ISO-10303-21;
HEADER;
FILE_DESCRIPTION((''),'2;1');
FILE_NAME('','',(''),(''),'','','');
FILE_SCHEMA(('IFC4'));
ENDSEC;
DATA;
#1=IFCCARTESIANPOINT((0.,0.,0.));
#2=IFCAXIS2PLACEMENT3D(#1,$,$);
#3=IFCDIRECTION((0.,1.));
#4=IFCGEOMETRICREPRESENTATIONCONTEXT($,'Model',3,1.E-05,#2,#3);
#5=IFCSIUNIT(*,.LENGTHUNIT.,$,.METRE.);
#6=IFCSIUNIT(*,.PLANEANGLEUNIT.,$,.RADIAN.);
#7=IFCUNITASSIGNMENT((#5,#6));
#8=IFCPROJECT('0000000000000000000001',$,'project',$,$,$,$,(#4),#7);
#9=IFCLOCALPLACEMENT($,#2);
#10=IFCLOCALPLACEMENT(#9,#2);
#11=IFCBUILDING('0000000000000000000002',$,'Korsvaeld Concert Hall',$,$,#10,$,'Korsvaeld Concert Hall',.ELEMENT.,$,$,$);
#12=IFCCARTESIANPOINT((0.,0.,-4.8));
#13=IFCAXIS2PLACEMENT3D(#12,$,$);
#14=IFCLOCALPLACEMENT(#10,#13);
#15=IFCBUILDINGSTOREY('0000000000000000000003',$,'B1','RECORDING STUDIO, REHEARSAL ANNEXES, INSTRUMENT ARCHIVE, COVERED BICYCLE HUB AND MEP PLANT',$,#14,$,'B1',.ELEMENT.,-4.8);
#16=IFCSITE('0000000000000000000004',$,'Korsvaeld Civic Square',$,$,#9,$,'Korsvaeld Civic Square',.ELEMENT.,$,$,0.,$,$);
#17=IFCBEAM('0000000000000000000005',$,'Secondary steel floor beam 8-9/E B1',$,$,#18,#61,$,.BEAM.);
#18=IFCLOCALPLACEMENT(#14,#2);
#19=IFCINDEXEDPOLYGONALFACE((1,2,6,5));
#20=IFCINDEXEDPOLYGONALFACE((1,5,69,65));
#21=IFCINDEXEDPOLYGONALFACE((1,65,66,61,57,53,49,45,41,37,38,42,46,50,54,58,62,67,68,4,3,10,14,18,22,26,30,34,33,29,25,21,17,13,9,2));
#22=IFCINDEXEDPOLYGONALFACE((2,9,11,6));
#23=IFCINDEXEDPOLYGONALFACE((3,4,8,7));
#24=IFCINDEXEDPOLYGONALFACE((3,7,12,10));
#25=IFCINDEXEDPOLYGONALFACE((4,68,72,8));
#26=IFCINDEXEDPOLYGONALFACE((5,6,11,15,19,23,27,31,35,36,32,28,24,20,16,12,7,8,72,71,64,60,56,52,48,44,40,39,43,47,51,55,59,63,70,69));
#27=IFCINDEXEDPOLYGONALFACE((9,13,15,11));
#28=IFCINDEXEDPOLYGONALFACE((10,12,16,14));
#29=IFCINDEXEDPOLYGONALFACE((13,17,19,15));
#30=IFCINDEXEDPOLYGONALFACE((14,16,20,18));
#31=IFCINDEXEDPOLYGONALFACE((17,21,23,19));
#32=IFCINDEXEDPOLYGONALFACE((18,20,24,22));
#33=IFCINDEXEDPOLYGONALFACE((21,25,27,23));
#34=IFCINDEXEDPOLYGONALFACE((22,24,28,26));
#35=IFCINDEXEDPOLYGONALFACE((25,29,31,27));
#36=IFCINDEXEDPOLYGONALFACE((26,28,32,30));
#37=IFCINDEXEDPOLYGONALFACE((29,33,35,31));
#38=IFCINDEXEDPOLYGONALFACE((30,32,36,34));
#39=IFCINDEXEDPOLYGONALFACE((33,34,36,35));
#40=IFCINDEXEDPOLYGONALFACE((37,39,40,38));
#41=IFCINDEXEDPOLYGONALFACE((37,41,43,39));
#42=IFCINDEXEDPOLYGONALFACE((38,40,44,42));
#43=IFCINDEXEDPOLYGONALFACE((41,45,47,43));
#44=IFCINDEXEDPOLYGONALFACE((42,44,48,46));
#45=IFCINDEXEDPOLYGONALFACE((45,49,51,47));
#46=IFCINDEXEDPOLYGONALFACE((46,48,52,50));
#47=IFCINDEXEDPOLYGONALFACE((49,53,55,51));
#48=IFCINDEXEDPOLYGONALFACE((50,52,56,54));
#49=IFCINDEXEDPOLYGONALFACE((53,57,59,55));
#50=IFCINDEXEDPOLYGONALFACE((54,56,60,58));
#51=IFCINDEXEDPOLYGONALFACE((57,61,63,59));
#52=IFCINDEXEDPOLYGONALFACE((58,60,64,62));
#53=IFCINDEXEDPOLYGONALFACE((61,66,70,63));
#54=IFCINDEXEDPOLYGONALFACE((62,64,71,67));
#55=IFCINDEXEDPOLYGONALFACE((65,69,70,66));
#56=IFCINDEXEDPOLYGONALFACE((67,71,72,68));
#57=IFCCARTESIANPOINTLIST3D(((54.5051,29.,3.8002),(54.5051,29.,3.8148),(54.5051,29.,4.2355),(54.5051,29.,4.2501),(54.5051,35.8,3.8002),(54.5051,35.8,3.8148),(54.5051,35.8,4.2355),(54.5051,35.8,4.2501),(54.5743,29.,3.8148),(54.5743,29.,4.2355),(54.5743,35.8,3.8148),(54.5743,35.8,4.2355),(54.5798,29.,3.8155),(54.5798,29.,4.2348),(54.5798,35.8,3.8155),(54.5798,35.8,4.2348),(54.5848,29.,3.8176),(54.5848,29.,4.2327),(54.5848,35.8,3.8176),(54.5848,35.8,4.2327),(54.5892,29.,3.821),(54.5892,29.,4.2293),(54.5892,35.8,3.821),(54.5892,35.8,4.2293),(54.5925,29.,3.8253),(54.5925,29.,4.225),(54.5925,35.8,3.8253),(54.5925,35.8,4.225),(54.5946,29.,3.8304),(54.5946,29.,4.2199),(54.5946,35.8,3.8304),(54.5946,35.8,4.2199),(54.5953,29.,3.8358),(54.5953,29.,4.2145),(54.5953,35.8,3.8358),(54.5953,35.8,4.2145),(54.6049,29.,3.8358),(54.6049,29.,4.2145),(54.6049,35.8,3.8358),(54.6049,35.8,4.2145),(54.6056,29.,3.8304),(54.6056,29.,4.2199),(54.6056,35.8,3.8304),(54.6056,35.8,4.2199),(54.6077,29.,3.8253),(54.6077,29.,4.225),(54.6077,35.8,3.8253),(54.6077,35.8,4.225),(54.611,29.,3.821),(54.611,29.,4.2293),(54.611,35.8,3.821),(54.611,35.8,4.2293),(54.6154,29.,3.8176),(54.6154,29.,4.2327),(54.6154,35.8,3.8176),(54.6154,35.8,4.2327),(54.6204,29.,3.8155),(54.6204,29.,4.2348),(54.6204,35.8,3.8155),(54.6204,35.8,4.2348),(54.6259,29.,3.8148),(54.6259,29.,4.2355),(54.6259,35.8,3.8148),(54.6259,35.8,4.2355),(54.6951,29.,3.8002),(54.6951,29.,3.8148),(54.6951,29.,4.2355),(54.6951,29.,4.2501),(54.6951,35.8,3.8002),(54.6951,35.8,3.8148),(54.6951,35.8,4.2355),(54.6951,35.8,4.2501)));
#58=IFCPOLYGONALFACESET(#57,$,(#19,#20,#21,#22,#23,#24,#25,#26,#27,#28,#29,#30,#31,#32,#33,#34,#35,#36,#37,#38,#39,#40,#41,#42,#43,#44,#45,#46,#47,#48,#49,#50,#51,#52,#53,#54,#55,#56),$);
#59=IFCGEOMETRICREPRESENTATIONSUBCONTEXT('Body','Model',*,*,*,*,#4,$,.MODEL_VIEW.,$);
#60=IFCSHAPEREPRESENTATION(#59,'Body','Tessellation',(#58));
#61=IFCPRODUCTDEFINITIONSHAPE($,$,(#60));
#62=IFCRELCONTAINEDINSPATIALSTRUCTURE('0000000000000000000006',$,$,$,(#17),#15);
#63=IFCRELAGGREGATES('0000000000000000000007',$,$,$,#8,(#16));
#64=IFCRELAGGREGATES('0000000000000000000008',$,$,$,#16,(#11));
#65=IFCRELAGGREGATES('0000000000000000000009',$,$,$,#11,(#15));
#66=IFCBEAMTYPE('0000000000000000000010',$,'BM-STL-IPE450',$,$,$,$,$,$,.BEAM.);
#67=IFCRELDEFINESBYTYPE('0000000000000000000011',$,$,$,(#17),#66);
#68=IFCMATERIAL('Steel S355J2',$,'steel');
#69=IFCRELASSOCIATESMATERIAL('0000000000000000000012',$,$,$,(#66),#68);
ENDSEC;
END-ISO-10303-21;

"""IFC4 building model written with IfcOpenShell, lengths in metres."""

from ifc_helpers import new_model, si_unit, direction, frame, origin, origin_2d, place, context, subcontext, project, spatial, i_section, extrude, material, material_profile, profile_set, type_object, element, save


model = new_model("IFC4")

# Units and contexts
model_context = context("Model", 3, precision=1e-05, world=origin(), true_north=direction((0.0, 1.0)))
body_context = subcontext(model_context, "Body", "Model", "MODEL_VIEW")
ifc_project = project(units=[si_unit("LENGTHUNIT", "METRE"), si_unit("PLANEANGLEUNIT", "RADIAN")], contexts=[model_context])

# Site, building, storey
site_placement = place(None, origin())
site = spatial("IfcSite", under=ifc_project, at=site_placement, Name="Korsvaeld Civic Square", LongName="Korsvaeld Civic Square", CompositionType="ELEMENT", RefElevation=0.0)
building_placement = place(site_placement, origin())
building = spatial("IfcBuilding", under=site, at=building_placement, Name="Korsvaeld Concert Hall", LongName="Korsvaeld Concert Hall", CompositionType="ELEMENT")
storey_placement = place(building_placement, frame((0.0, 0.0, -4.8)))
storey = spatial("IfcBuildingStorey", under=building, at=storey_placement, Name="B1", Description="RECORDING STUDIO, REHEARSAL ANNEXES, INSTRUMENT ARCHIVE, COVERED BICYCLE HUB AND MEP PLANT", LongName="B1", CompositionType="ELEMENT", Elevation=-4.8)

# Beam
ifc_material_1 = material(Name="Steel S355J2", Category="steel")
ifc_material_profile_1 = material_profile(ifc_material_1, i_section(OverallWidth=0.1899, OverallDepth=0.45, WebThickness=0.0095, FlangeThickness=0.0146, FilletRadius=0.021, at=origin_2d()), Name="IPE 450")
ifc_profile_set_1 = profile_set([ifc_material_profile_1], Name="Steel S355J2")
beam_type_1 = type_object("IfcBeamType", Name="BM-STL-IPE450", PredefinedType="BEAM", material=ifc_profile_set_1)
beam_1_placement = place(storey_placement, frame((54.6001, 29.0, 4.0251), z_axis=(0.0, 1.0, 0.0), x_axis=(-1.0, 0.0, 0.0)))
element("IfcBeam", 1, at=beam_1_placement, inside=storey, type_object=beam_type_1, Name="Secondary steel floor beam 8-9/E B1", PredefinedType="BEAM", context=body_context, shape_type="SweptSolid", body=[
    extrude(i_section(OverallWidth=0.1899, OverallDepth=0.45, WebThickness=0.0095, FlangeThickness=0.0146, FilletRadius=0.021, at=origin_2d()), origin(), (0.0, 0.0, 1.0), 6.8),
])

save(model, "model.ifc")
